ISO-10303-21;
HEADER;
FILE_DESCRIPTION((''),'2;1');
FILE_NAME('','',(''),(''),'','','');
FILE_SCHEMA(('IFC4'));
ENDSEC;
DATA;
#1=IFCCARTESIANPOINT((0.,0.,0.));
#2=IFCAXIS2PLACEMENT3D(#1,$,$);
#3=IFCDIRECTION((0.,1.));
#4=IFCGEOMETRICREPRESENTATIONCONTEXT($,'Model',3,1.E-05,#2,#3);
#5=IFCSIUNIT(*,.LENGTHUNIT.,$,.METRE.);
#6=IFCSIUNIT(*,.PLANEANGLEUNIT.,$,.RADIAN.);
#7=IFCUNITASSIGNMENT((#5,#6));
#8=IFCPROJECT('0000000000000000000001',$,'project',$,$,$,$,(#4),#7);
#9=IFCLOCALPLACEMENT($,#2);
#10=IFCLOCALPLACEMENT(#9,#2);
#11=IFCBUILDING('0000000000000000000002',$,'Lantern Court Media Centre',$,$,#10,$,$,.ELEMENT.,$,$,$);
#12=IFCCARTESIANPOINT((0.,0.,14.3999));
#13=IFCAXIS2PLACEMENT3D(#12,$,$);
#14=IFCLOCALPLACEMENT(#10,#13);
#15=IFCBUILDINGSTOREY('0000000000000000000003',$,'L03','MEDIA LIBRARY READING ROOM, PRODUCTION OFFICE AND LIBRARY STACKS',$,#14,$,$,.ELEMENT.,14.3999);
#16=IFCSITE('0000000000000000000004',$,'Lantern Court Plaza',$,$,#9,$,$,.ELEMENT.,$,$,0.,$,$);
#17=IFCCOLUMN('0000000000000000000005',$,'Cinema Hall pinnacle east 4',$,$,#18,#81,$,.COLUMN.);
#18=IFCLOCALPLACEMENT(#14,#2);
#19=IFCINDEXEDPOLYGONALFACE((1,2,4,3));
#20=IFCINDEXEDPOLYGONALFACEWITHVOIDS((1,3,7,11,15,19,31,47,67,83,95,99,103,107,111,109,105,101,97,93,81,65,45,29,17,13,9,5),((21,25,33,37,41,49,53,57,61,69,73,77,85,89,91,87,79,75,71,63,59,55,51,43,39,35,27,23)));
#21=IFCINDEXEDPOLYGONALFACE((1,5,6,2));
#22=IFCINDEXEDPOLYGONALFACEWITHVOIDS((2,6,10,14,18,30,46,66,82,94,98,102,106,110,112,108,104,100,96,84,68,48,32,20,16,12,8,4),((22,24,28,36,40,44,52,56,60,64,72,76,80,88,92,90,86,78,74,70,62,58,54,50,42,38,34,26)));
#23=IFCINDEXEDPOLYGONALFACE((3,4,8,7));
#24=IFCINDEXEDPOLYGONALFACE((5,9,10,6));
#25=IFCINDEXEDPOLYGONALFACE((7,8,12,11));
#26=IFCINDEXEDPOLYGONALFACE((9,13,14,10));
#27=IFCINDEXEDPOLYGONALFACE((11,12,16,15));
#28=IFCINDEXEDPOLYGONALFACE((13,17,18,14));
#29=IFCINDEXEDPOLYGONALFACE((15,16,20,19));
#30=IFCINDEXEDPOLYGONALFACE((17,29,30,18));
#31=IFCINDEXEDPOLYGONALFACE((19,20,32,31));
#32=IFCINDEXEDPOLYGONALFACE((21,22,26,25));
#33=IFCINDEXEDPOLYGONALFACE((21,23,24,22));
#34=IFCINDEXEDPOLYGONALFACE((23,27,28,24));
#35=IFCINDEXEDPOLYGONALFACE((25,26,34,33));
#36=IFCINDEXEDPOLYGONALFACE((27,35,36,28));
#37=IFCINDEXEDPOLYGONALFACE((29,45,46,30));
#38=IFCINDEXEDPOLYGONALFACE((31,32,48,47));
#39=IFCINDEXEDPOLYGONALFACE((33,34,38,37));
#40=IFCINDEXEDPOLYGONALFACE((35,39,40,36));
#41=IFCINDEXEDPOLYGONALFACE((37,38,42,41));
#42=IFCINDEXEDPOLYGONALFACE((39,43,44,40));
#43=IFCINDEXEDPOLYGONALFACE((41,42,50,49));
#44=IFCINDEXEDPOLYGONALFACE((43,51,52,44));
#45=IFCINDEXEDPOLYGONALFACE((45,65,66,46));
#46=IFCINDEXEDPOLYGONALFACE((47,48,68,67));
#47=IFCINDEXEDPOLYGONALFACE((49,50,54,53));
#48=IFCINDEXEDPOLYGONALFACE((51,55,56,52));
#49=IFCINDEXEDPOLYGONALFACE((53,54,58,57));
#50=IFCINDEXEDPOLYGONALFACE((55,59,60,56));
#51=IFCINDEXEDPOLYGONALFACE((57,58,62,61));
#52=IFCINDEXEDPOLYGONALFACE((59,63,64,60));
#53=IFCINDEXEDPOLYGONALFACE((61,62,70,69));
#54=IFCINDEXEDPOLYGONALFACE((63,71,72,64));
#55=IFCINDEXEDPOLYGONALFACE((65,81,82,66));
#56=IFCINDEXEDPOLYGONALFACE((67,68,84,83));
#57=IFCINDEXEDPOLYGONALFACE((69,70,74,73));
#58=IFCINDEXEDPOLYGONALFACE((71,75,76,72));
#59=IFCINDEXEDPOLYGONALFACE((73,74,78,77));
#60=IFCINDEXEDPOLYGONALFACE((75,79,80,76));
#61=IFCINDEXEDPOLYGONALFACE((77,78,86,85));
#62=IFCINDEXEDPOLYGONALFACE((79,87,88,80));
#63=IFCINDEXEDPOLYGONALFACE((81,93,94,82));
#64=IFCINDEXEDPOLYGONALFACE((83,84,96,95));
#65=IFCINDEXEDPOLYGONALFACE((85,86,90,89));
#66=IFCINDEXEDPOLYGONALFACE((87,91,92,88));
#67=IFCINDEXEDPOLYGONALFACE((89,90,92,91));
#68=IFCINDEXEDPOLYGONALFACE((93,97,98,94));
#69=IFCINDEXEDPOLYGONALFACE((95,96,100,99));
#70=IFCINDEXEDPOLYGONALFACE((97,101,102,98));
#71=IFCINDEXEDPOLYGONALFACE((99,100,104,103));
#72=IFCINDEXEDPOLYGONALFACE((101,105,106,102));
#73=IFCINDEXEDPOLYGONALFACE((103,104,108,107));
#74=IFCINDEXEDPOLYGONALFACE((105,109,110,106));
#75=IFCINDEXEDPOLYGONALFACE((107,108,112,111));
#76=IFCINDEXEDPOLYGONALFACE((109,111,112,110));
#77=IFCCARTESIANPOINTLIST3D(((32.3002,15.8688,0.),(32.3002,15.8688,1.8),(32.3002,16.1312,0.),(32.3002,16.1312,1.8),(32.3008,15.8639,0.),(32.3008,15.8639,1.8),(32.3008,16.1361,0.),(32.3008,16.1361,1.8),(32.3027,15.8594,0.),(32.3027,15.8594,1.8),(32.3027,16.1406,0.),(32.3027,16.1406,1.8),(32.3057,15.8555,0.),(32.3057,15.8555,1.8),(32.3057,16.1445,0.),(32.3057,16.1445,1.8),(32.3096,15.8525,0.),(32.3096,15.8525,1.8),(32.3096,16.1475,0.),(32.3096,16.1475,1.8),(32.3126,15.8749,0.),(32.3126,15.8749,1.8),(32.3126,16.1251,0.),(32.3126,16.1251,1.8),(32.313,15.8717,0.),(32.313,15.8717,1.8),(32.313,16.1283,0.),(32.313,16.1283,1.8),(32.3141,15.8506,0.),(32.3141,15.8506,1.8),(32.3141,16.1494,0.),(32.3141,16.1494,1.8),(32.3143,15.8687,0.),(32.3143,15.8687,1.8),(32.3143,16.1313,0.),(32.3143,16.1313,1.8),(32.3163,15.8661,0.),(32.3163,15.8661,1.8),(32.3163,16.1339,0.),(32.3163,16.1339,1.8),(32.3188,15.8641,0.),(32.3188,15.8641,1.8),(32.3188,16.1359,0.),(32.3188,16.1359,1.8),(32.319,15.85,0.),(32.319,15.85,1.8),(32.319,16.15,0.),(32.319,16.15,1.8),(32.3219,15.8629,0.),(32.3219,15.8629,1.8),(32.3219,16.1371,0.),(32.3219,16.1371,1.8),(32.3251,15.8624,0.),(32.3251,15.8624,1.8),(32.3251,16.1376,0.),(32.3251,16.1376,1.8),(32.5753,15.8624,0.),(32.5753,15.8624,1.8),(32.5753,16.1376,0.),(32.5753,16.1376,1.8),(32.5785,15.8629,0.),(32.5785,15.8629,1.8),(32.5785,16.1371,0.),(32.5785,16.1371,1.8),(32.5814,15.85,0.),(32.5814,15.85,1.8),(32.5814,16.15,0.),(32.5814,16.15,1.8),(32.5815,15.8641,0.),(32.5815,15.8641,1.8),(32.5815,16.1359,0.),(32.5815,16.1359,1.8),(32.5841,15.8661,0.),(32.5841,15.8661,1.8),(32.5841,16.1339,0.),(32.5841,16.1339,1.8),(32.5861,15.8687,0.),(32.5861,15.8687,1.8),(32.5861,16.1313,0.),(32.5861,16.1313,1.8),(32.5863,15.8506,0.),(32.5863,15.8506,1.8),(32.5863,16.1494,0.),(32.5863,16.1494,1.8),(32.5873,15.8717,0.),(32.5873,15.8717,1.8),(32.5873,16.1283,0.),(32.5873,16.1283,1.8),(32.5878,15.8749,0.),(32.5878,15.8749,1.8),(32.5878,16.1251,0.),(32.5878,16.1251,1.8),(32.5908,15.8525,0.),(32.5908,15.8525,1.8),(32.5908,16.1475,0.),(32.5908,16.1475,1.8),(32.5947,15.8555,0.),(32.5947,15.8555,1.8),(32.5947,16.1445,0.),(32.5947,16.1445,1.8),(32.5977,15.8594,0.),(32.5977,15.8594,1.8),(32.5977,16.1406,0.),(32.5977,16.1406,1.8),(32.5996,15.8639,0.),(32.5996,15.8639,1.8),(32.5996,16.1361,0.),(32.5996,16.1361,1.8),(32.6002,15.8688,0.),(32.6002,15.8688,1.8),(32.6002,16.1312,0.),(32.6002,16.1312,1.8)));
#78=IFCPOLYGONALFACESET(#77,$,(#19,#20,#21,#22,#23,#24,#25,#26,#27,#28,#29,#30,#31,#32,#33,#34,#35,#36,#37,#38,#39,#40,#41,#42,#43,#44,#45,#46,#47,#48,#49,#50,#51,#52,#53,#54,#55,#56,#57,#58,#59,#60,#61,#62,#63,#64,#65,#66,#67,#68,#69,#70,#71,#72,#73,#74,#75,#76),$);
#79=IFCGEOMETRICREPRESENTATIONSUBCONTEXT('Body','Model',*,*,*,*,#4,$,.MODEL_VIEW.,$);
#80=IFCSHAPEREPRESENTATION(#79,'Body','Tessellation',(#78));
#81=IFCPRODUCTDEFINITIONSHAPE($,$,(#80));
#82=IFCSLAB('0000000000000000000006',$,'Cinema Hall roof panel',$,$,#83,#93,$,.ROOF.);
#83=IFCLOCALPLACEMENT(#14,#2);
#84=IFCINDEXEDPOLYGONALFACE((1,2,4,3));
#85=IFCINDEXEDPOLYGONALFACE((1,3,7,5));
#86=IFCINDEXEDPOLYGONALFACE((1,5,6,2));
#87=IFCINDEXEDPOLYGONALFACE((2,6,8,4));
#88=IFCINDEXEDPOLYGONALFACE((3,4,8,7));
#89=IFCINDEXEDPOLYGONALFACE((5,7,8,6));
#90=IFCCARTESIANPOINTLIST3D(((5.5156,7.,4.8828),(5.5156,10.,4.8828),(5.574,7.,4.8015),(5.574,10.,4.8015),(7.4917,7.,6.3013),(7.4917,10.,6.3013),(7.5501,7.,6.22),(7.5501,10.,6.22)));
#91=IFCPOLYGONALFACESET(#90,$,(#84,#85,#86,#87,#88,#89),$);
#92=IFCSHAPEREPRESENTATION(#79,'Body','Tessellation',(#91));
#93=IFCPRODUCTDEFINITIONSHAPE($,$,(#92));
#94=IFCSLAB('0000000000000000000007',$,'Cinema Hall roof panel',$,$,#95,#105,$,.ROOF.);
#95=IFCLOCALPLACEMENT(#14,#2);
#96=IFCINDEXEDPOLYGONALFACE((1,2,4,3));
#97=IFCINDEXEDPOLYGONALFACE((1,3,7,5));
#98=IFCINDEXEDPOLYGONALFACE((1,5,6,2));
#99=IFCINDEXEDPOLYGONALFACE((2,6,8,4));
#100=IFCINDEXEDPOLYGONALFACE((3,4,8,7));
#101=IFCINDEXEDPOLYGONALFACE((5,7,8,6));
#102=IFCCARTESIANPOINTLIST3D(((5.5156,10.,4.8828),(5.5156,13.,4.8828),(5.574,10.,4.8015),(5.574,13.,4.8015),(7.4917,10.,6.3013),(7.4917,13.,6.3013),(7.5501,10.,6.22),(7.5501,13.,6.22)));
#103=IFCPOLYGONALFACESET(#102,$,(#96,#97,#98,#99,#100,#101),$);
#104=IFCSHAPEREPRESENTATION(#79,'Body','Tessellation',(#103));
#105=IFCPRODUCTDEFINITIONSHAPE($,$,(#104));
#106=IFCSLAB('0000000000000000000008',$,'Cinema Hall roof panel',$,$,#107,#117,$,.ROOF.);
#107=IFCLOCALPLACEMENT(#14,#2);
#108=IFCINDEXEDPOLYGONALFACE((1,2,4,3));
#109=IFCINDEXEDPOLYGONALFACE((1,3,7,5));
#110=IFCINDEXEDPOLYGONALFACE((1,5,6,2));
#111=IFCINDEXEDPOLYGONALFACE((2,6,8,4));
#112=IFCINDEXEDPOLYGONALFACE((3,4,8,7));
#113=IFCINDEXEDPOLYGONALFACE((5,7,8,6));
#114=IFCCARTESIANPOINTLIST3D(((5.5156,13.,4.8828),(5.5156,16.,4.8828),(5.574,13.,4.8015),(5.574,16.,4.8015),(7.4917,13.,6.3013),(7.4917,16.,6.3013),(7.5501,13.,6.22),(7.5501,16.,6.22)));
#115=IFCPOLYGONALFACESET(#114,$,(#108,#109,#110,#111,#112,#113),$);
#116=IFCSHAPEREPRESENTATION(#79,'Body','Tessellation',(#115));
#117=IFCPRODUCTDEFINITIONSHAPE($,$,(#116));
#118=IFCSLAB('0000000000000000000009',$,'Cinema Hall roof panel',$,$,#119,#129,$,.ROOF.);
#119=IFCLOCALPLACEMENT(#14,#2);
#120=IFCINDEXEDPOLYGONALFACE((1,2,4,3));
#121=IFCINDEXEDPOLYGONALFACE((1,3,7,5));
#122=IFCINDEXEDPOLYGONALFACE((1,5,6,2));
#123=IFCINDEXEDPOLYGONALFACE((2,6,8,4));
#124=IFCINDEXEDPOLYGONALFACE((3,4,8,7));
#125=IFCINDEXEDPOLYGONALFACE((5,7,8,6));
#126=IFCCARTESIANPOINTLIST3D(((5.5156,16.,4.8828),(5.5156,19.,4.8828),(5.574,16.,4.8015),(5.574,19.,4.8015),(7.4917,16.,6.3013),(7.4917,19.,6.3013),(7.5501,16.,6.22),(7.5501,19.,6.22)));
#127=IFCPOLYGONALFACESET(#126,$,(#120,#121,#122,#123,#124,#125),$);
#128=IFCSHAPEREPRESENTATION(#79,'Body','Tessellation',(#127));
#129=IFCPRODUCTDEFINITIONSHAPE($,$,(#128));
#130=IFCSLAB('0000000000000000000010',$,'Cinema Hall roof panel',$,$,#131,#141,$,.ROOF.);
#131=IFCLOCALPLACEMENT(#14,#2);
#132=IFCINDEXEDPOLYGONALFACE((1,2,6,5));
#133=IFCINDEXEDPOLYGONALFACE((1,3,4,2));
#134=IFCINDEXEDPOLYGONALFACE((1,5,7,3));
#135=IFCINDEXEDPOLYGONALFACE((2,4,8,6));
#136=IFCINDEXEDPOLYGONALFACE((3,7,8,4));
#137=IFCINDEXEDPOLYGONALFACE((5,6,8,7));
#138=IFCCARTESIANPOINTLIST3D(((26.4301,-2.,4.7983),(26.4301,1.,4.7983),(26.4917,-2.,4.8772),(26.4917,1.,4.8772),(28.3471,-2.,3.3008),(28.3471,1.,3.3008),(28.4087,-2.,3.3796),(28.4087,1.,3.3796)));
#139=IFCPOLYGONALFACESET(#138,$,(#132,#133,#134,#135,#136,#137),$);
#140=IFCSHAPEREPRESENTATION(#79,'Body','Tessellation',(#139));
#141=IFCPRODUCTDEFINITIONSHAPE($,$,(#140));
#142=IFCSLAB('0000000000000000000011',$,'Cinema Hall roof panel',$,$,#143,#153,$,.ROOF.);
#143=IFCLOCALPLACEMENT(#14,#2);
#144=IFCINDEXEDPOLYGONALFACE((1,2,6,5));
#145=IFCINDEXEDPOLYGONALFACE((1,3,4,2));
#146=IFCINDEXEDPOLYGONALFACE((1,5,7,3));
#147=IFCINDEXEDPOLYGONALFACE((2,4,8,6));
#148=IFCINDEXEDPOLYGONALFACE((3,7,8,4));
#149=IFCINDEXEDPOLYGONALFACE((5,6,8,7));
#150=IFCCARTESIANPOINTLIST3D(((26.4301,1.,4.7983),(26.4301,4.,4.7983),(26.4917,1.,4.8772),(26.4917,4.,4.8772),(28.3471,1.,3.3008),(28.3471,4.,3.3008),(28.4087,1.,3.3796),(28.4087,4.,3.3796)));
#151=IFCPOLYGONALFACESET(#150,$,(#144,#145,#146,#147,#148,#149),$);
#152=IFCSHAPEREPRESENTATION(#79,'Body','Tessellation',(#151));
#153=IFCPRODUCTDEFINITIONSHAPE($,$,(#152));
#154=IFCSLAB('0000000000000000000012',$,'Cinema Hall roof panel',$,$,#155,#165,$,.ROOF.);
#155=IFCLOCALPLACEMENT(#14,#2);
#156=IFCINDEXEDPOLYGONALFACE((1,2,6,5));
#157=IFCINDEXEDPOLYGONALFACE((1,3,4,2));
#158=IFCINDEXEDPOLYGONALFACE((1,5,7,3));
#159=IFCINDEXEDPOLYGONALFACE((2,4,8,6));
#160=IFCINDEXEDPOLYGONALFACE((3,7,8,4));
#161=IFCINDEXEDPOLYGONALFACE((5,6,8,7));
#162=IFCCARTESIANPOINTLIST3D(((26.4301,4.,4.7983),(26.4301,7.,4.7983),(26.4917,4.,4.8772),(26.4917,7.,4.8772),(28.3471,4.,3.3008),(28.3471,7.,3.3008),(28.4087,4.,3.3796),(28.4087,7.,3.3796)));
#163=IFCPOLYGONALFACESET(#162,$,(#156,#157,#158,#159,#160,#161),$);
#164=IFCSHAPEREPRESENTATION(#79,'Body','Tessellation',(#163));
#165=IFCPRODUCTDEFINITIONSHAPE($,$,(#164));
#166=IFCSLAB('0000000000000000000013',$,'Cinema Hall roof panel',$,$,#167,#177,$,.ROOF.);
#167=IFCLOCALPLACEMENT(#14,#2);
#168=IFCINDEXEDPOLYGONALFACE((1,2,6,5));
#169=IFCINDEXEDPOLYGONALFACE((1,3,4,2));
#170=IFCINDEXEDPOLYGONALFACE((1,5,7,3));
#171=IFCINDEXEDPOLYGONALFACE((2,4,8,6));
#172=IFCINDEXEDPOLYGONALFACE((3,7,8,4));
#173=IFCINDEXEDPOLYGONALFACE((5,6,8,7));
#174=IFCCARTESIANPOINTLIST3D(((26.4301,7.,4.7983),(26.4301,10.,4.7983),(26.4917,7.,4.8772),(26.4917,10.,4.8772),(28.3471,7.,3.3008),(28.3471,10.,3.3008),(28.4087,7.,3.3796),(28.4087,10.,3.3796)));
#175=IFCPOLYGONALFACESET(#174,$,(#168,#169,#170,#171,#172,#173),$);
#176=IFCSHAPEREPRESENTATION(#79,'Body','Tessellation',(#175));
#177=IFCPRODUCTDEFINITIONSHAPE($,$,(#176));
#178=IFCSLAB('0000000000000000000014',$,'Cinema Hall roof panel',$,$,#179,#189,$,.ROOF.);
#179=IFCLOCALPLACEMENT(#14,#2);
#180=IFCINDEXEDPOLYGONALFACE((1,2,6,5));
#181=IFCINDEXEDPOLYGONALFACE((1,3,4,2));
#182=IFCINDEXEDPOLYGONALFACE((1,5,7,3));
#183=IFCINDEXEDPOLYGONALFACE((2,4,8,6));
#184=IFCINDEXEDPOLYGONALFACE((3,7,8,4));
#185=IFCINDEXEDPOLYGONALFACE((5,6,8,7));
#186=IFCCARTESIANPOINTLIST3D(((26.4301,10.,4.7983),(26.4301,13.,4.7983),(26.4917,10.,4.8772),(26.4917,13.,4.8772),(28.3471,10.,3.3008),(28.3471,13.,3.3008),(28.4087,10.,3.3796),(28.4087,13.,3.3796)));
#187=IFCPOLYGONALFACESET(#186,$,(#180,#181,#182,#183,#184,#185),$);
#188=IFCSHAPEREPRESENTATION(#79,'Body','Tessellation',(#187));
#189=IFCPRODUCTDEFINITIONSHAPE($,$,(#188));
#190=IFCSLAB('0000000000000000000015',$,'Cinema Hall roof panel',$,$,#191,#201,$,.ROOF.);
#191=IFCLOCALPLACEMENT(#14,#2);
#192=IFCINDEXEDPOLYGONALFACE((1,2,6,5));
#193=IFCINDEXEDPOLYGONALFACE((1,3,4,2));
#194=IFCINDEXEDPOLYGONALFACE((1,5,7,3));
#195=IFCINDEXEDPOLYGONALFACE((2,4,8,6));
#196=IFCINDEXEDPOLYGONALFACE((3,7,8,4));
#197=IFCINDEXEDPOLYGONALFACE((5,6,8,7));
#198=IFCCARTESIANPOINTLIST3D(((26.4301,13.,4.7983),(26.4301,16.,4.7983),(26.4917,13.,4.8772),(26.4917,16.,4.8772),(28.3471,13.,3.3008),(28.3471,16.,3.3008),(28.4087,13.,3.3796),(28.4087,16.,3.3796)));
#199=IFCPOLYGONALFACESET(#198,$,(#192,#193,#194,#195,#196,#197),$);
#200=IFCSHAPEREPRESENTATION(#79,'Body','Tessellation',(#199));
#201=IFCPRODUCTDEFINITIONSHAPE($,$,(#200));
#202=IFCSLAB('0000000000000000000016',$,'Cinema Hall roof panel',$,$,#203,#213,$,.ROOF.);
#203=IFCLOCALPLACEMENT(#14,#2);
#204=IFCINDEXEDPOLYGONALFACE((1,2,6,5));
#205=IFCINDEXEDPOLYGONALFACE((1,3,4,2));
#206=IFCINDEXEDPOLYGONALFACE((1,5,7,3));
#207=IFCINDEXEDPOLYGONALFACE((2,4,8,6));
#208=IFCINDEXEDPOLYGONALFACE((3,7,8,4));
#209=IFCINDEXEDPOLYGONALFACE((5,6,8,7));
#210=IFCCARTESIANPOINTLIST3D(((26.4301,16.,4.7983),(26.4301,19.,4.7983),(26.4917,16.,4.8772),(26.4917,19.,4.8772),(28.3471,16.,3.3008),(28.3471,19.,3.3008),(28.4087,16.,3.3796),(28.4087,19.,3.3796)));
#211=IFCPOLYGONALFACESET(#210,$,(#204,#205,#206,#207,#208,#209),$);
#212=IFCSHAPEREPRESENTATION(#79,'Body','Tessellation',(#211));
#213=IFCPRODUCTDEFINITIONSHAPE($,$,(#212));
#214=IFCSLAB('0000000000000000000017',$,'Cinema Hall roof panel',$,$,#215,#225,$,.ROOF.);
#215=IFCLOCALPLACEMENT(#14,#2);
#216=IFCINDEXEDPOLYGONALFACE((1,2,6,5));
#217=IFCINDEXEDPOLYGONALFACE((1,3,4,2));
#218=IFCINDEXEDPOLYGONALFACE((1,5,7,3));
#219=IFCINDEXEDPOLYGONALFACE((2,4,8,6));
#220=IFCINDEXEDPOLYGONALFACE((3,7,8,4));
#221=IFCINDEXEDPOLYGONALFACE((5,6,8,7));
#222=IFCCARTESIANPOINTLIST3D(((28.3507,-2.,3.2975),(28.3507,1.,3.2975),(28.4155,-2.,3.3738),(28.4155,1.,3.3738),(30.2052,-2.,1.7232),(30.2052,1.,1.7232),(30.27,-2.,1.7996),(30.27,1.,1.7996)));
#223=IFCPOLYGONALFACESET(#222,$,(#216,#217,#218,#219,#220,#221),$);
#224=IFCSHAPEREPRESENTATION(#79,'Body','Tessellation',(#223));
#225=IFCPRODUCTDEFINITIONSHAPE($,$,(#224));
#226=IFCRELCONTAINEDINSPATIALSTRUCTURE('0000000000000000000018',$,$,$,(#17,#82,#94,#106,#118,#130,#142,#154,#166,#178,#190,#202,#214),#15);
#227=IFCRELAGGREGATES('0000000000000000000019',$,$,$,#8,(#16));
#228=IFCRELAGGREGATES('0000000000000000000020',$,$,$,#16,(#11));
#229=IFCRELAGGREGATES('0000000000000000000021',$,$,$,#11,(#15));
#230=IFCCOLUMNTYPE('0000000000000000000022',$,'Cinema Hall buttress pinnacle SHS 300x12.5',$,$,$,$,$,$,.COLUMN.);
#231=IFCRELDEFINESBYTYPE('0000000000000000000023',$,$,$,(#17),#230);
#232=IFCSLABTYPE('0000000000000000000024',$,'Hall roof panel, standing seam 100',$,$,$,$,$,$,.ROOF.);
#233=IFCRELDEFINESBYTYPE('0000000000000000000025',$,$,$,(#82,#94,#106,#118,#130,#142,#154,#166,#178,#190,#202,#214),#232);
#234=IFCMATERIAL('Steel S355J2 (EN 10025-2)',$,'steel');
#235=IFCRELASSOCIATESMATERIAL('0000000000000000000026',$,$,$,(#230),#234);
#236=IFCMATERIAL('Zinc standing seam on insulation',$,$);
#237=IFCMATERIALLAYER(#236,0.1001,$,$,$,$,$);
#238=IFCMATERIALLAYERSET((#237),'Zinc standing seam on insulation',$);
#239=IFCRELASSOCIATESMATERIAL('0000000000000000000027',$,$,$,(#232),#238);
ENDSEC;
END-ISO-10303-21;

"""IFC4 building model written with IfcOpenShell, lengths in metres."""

from ifc_helpers import new_model, si_unit, direction, frame, origin, origin_2d, place, context, subcontext, project, spatial, polyline, hollow_rectangle, outline, extrude, material, layer, layer_set, material_profile, profile_set, type_object, element, save


model = new_model("IFC4")

# Units and contexts
model_context = context("Model", 3, precision=1e-05, world=origin(), true_north=direction((0.0, 1.0)))
body_context = subcontext(model_context, "Body", "Model", "MODEL_VIEW")
ifc_project = project(units=[si_unit("LENGTHUNIT", "METRE"), si_unit("PLANEANGLEUNIT", "RADIAN")], contexts=[model_context])

# Site, building, storey
site_placement = place(None, origin())
site = spatial("IfcSite", under=ifc_project, at=site_placement, Name="Lantern Court Plaza", CompositionType="ELEMENT", RefElevation=0.0)
building_placement = place(site_placement, origin())
building = spatial("IfcBuilding", under=site, at=building_placement, Name="Lantern Court Media Centre", CompositionType="ELEMENT")
storey_placement = place(building_placement, frame((0.0, 0.0, 14.3999)))
storey = spatial("IfcBuildingStorey", under=building, at=storey_placement, Name="L03", Description="MEDIA LIBRARY READING ROOM, PRODUCTION OFFICE AND LIBRARY STACKS", CompositionType="ELEMENT", Elevation=14.3999)

# Column
ifc_material_1 = material(Name="Steel S355J2 (EN 10025-2)", Category="steel")
ifc_material_profile = material_profile(ifc_material_1, hollow_rectangle(XDim=0.3, YDim=0.3, WallThickness=0.0125, InnerFilletRadius=0.0125, OuterFilletRadius=0.0188, at=origin_2d()), Name="Cinema Hall buttress pinnacle SHS 300x12.5")
ifc_profile_set = profile_set([ifc_material_profile], Name="Steel S355J2 (EN 10025-2)")
column_type = type_object("IfcColumnType", Name="Cinema Hall buttress pinnacle SHS 300x12.5", PredefinedType="COLUMN", material=ifc_profile_set)
for number, where, z_axis, x_axis, name in (
    (1, (32.4502, 16.0, 0.0), (0.0, 0.0, 1.0), (1.0, 0.0, 0.0), "Cinema Hall pinnacle east 4"),
):
    element("IfcColumn", number, at=place(storey_placement, frame(where, z_axis=z_axis, x_axis=x_axis)), inside=storey, type_object=column_type, Name=name, PredefinedType="COLUMN", context=body_context, shape_type="SweptSolid", body=[
        extrude(hollow_rectangle(XDim=0.3, YDim=0.3, WallThickness=0.0125, InnerFilletRadius=0.0125, OuterFilletRadius=0.0188, at=origin_2d()), origin(), (0.0, 0.0, 1.0), 1.8),
    ])

# Slabs
ifc_material_2 = material(Name="Zinc standing seam on insulation")
ifc_layer_1 = layer(ifc_material_2, 0.1001)
ifc_layer_set_1 = layer_set([ifc_layer_1], Name="Zinc standing seam on insulation")
slab_type = type_object("IfcSlabType", Name="Hall roof panel, standing seam 100", PredefinedType="ROOF", material=ifc_layer_set_1)
for number, where, z_axis, x_axis, name in (
    (2, (5.5156, 7.0, 4.8828), (-0.583135, 0.0, 0.812375), (0.812375, 0.0, 0.583135), "Cinema Hall roof panel"),
    (3, (5.5156, 10.0, 4.8828), (-0.583135, 0.0, 0.812375), (0.812375, 0.0, 0.583135), "Cinema Hall roof panel"),
    (4, (5.5156, 13.0, 4.8828), (-0.583135, 0.0, 0.812375), (0.812375, 0.0, 0.583135), "Cinema Hall roof panel"),
    (5, (5.5156, 16.0, 4.8828), (-0.583135, 0.0, 0.812375), (0.812375, 0.0, 0.583135), "Cinema Hall roof panel"),
):
    element("IfcSlab", number, at=place(storey_placement, frame(where, z_axis=z_axis, x_axis=x_axis)), inside=storey, type_object=slab_type, Name=name, PredefinedType="ROOF", context=body_context, shape_type="SweptSolid", body=[
        extrude(outline(polyline([(0.0, 0.0), (2.4325, 0.0), (2.4325, 3.0), (0.0, 3.0), (0.0, 0.0)])), origin(), (0.0, 0.0, -1.0), 0.1001),
    ])
for number, where, z_axis, x_axis, name in (
    (6, (26.4917, -2.0, 4.8772), (0.615621, 0.0, 0.788043), (0.788043, 0.0, -0.615621), "Cinema Hall roof panel"),
    (7, (26.4917, 1.0, 4.8772), (0.615621, 0.0, 0.788043), (0.788043, 0.0, -0.615621), "Cinema Hall roof panel"),
    (8, (26.4917, 4.0, 4.8772), (0.615621, 0.0, 0.788043), (0.788043, 0.0, -0.615621), "Cinema Hall roof panel"),
    (9, (26.4917, 7.0, 4.8772), (0.615621, 0.0, 0.788043), (0.788043, 0.0, -0.615621), "Cinema Hall roof panel"),
    (10, (26.4917, 10.0, 4.8772), (0.615621, 0.0, 0.788043), (0.788043, 0.0, -0.615621), "Cinema Hall roof panel"),
    (11, (26.4917, 13.0, 4.8772), (0.615621, 0.0, 0.788043), (0.788043, 0.0, -0.615621), "Cinema Hall roof panel"),
    (12, (26.4917, 16.0, 4.8772), (0.615621, 0.0, 0.788043), (0.788043, 0.0, -0.615621), "Cinema Hall roof panel"),
):
    element("IfcSlab", number, at=place(storey_placement, frame(where, z_axis=z_axis, x_axis=x_axis)), inside=storey, type_object=slab_type, Name=name, PredefinedType="ROOF", context=body_context, shape_type="SweptSolid", body=[
        extrude(outline(polyline([(0.0, 0.0), (2.4326, 0.0), (2.4326, 3.0), (0.0, 3.0), (0.0, 0.0)])), origin(), (0.0, 0.0, -1.0), 0.1001),
    ])
for number, where, z_axis, x_axis, name in (
    (13, (28.4155, -2.0, 3.3738), (0.647147, 0.0, 0.762365), (0.762365, 0.0, -0.647147), "Cinema Hall roof panel"),
):
    element("IfcSlab", number, at=place(storey_placement, frame(where, z_axis=z_axis, x_axis=x_axis)), inside=storey, type_object=slab_type, Name=name, PredefinedType="ROOF", context=body_context, shape_type="SweptSolid", body=[
        extrude(outline(polyline([(0.0, 0.0), (2.4326, 0.0), (2.4326, 3.0), (0.0, 3.0), (0.0, 0.0)])), origin(), (0.0, 0.0, -1.0), 0.1001),
    ])

save(model, "model.ifc")
